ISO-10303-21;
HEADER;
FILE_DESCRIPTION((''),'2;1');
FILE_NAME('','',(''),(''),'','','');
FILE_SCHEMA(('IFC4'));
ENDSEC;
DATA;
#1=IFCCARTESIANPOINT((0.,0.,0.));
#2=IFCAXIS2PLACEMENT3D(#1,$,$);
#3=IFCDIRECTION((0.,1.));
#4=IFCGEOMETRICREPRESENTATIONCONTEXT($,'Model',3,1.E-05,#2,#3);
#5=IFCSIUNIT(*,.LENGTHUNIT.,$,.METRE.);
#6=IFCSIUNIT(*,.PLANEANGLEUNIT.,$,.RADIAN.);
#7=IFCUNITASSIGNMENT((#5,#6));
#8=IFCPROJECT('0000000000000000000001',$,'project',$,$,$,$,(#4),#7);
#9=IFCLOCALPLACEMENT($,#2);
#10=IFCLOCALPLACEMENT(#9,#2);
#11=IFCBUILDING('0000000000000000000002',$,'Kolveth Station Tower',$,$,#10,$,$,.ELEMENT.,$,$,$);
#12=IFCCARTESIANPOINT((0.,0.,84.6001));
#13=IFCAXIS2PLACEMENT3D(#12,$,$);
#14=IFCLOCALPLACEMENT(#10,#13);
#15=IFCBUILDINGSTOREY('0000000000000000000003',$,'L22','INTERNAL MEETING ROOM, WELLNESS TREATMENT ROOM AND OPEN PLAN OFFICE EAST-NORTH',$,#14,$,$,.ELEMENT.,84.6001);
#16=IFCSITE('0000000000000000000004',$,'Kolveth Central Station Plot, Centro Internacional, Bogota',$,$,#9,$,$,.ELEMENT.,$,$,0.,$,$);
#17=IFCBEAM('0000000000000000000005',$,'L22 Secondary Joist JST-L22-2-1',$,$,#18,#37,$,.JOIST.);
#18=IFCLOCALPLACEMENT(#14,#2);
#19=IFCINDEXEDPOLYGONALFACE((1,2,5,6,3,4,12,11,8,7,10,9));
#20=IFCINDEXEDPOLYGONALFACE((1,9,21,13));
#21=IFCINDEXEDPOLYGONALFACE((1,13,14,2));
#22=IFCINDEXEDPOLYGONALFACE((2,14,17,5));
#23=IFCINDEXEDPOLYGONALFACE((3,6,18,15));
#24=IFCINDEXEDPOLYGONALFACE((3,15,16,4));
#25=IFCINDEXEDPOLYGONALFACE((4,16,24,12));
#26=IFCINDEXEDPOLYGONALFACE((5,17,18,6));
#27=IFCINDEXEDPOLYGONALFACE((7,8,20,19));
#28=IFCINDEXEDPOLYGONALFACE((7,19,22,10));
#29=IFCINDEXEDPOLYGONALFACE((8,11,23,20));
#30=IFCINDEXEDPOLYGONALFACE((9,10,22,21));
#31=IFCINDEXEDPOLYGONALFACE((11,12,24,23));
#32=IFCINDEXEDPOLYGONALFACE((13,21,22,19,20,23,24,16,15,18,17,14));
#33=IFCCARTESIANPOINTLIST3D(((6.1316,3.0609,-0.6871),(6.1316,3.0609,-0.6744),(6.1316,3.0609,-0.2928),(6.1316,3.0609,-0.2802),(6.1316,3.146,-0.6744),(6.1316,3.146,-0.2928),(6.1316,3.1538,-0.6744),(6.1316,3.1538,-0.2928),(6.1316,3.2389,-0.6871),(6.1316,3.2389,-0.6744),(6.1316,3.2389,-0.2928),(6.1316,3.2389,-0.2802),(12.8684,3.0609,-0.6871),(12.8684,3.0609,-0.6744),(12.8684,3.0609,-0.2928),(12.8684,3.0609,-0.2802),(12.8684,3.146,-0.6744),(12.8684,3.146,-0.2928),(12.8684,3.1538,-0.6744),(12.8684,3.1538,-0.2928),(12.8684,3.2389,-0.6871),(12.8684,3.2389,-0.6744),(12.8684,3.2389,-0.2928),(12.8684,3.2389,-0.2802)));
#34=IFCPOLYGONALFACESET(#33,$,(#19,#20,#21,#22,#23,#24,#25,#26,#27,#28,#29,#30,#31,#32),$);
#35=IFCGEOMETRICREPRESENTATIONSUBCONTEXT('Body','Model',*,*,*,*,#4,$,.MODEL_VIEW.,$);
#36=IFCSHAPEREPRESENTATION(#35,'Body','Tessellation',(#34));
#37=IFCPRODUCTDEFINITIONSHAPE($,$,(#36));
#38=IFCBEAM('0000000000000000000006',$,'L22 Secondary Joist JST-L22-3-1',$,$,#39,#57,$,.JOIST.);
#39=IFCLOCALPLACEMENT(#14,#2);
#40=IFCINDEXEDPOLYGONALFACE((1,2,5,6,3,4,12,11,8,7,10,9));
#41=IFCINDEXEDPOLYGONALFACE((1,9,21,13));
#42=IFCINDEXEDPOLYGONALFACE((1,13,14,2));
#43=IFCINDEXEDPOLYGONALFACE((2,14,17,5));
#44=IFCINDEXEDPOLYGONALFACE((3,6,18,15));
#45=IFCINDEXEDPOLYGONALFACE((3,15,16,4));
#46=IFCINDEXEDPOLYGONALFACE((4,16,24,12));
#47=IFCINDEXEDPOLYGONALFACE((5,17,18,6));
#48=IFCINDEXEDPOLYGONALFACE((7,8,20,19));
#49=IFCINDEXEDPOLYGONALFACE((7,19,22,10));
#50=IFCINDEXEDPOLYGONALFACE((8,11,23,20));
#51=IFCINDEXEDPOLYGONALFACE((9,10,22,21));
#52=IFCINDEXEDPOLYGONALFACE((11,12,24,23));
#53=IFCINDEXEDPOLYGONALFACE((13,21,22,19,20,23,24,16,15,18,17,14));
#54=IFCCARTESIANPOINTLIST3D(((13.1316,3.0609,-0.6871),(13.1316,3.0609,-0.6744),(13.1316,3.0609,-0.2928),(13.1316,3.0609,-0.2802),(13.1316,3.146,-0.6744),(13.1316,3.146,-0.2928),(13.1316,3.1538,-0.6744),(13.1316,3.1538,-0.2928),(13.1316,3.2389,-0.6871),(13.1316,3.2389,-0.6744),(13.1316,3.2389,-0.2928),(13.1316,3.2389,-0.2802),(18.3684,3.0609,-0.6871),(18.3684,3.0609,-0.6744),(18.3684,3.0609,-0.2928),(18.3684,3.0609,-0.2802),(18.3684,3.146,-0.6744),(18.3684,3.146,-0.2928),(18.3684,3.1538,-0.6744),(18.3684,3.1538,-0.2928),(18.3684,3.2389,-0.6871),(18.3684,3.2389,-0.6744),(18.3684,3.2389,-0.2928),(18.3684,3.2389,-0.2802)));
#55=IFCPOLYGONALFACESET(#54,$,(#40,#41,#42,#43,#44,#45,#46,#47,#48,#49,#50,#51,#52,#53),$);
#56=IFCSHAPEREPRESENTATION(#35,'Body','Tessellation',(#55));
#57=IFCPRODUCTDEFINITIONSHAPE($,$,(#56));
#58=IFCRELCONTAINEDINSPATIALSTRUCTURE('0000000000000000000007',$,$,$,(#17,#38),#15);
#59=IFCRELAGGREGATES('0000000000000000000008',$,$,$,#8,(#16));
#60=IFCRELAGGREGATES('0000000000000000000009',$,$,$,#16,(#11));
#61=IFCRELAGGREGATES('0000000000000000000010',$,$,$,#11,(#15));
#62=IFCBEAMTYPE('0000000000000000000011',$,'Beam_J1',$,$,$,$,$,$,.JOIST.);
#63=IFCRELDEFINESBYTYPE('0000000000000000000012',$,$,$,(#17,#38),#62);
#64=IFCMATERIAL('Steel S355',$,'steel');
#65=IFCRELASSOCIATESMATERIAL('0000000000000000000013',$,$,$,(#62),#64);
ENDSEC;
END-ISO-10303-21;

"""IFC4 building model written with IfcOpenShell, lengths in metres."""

from ifc_helpers import new_model, si_unit, direction, frame, origin, origin_2d, place, context, subcontext, project, spatial, i_section, extrude, source, transform, mapped, material, material_profile, profile_set, type_object, element, save


model = new_model("IFC4")

# Units and contexts
model_context = context("Model", 3, precision=1e-05, world=origin(), true_north=direction((0.0, 1.0)))
body_context = subcontext(model_context, "Body", "Model", "MODEL_VIEW")
ifc_project = project(units=[si_unit("LENGTHUNIT", "METRE"), si_unit("PLANEANGLEUNIT", "RADIAN")], contexts=[model_context])

# Site, building, storey
site_placement = place(None, origin())
site = spatial("IfcSite", under=ifc_project, at=site_placement, Name="Kolveth Central Station Plot, Centro Internacional, Bogota", CompositionType="ELEMENT", RefElevation=0.0)
building_placement = place(site_placement, origin())
building = spatial("IfcBuilding", under=site, at=building_placement, Name="Kolveth Station Tower", CompositionType="ELEMENT")
storey_placement = place(building_placement, frame((0.0, 0.0, 84.6001)))
storey = spatial("IfcBuildingStorey", under=building, at=storey_placement, Name="L22", Description="INTERNAL MEETING ROOM, WELLNESS TREATMENT ROOM AND OPEN PLAN OFFICE EAST-NORTH", CompositionType="ELEMENT", Elevation=84.6001)

# Shared definitions
ifc_material_1 = material(Name="Steel S355", Category="steel")

# Beams
ifc_material_profile_1 = material_profile(ifc_material_1, i_section(OverallWidth=0.178, OverallDepth=0.407, WebThickness=0.0078, FlangeThickness=0.0127, at=origin_2d()), Name="W410x60")
ifc_profile_set_1 = profile_set([ifc_material_profile_1], Name="Steel S355")
beam_type_1 = type_object("IfcBeamType", Name="Beam_J1", PredefinedType="JOIST", material=ifc_profile_set_1)
shared_shape_1 = source(origin(), body_context, "Body", "SweptSolid", [
    extrude(i_section(OverallWidth=0.178, OverallDepth=0.407, WebThickness=0.0078, FlangeThickness=0.0127, at=origin_2d()), origin(), (0.0, 0.0, 1.0), 6.7368),
])
beam_1_placement = place(storey_placement, frame((6.1316, 3.1499, -0.4836), z_axis=(1.0, 0.0, 0.0), x_axis=(0.0, 1.0, 0.0)))
element("IfcBeam", 1, at=beam_1_placement, inside=storey, type_object=beam_type_1, Name="L22 Secondary Joist JST-L22-2-1", PredefinedType="JOIST", context=body_context, shape_type="MappedRepresentation", body=[
    mapped(shared_shape_1, transform((0.0, 0.0, 0.0), x_axis=(1.0, 0.0, 0.0), y_axis=(0.0, 1.0, 0.0), z_axis=(0.0, 0.0, 1.0), scale=1.0)),
])
shared_shape_2 = source(origin(), body_context, "Body", "SweptSolid", [
    extrude(i_section(OverallWidth=0.178, OverallDepth=0.407, WebThickness=0.0078, FlangeThickness=0.0127, at=origin_2d()), origin(), (0.0, 0.0, 1.0), 5.2368),
])
beam_2_placement = place(storey_placement, frame((13.1316, 3.1499, -0.4836), z_axis=(1.0, 0.0, 0.0), x_axis=(0.0, 1.0, 0.0)))
element("IfcBeam", 2, at=beam_2_placement, inside=storey, type_object=beam_type_1, Name="L22 Secondary Joist JST-L22-3-1", PredefinedType="JOIST", context=body_context, shape_type="MappedRepresentation", body=[
    mapped(shared_shape_2, transform((0.0, 0.0, 0.0), x_axis=(1.0, 0.0, 0.0), y_axis=(0.0, 1.0, 0.0), z_axis=(0.0, 0.0, 1.0), scale=1.0)),
])

save(model, "model.ifc")
